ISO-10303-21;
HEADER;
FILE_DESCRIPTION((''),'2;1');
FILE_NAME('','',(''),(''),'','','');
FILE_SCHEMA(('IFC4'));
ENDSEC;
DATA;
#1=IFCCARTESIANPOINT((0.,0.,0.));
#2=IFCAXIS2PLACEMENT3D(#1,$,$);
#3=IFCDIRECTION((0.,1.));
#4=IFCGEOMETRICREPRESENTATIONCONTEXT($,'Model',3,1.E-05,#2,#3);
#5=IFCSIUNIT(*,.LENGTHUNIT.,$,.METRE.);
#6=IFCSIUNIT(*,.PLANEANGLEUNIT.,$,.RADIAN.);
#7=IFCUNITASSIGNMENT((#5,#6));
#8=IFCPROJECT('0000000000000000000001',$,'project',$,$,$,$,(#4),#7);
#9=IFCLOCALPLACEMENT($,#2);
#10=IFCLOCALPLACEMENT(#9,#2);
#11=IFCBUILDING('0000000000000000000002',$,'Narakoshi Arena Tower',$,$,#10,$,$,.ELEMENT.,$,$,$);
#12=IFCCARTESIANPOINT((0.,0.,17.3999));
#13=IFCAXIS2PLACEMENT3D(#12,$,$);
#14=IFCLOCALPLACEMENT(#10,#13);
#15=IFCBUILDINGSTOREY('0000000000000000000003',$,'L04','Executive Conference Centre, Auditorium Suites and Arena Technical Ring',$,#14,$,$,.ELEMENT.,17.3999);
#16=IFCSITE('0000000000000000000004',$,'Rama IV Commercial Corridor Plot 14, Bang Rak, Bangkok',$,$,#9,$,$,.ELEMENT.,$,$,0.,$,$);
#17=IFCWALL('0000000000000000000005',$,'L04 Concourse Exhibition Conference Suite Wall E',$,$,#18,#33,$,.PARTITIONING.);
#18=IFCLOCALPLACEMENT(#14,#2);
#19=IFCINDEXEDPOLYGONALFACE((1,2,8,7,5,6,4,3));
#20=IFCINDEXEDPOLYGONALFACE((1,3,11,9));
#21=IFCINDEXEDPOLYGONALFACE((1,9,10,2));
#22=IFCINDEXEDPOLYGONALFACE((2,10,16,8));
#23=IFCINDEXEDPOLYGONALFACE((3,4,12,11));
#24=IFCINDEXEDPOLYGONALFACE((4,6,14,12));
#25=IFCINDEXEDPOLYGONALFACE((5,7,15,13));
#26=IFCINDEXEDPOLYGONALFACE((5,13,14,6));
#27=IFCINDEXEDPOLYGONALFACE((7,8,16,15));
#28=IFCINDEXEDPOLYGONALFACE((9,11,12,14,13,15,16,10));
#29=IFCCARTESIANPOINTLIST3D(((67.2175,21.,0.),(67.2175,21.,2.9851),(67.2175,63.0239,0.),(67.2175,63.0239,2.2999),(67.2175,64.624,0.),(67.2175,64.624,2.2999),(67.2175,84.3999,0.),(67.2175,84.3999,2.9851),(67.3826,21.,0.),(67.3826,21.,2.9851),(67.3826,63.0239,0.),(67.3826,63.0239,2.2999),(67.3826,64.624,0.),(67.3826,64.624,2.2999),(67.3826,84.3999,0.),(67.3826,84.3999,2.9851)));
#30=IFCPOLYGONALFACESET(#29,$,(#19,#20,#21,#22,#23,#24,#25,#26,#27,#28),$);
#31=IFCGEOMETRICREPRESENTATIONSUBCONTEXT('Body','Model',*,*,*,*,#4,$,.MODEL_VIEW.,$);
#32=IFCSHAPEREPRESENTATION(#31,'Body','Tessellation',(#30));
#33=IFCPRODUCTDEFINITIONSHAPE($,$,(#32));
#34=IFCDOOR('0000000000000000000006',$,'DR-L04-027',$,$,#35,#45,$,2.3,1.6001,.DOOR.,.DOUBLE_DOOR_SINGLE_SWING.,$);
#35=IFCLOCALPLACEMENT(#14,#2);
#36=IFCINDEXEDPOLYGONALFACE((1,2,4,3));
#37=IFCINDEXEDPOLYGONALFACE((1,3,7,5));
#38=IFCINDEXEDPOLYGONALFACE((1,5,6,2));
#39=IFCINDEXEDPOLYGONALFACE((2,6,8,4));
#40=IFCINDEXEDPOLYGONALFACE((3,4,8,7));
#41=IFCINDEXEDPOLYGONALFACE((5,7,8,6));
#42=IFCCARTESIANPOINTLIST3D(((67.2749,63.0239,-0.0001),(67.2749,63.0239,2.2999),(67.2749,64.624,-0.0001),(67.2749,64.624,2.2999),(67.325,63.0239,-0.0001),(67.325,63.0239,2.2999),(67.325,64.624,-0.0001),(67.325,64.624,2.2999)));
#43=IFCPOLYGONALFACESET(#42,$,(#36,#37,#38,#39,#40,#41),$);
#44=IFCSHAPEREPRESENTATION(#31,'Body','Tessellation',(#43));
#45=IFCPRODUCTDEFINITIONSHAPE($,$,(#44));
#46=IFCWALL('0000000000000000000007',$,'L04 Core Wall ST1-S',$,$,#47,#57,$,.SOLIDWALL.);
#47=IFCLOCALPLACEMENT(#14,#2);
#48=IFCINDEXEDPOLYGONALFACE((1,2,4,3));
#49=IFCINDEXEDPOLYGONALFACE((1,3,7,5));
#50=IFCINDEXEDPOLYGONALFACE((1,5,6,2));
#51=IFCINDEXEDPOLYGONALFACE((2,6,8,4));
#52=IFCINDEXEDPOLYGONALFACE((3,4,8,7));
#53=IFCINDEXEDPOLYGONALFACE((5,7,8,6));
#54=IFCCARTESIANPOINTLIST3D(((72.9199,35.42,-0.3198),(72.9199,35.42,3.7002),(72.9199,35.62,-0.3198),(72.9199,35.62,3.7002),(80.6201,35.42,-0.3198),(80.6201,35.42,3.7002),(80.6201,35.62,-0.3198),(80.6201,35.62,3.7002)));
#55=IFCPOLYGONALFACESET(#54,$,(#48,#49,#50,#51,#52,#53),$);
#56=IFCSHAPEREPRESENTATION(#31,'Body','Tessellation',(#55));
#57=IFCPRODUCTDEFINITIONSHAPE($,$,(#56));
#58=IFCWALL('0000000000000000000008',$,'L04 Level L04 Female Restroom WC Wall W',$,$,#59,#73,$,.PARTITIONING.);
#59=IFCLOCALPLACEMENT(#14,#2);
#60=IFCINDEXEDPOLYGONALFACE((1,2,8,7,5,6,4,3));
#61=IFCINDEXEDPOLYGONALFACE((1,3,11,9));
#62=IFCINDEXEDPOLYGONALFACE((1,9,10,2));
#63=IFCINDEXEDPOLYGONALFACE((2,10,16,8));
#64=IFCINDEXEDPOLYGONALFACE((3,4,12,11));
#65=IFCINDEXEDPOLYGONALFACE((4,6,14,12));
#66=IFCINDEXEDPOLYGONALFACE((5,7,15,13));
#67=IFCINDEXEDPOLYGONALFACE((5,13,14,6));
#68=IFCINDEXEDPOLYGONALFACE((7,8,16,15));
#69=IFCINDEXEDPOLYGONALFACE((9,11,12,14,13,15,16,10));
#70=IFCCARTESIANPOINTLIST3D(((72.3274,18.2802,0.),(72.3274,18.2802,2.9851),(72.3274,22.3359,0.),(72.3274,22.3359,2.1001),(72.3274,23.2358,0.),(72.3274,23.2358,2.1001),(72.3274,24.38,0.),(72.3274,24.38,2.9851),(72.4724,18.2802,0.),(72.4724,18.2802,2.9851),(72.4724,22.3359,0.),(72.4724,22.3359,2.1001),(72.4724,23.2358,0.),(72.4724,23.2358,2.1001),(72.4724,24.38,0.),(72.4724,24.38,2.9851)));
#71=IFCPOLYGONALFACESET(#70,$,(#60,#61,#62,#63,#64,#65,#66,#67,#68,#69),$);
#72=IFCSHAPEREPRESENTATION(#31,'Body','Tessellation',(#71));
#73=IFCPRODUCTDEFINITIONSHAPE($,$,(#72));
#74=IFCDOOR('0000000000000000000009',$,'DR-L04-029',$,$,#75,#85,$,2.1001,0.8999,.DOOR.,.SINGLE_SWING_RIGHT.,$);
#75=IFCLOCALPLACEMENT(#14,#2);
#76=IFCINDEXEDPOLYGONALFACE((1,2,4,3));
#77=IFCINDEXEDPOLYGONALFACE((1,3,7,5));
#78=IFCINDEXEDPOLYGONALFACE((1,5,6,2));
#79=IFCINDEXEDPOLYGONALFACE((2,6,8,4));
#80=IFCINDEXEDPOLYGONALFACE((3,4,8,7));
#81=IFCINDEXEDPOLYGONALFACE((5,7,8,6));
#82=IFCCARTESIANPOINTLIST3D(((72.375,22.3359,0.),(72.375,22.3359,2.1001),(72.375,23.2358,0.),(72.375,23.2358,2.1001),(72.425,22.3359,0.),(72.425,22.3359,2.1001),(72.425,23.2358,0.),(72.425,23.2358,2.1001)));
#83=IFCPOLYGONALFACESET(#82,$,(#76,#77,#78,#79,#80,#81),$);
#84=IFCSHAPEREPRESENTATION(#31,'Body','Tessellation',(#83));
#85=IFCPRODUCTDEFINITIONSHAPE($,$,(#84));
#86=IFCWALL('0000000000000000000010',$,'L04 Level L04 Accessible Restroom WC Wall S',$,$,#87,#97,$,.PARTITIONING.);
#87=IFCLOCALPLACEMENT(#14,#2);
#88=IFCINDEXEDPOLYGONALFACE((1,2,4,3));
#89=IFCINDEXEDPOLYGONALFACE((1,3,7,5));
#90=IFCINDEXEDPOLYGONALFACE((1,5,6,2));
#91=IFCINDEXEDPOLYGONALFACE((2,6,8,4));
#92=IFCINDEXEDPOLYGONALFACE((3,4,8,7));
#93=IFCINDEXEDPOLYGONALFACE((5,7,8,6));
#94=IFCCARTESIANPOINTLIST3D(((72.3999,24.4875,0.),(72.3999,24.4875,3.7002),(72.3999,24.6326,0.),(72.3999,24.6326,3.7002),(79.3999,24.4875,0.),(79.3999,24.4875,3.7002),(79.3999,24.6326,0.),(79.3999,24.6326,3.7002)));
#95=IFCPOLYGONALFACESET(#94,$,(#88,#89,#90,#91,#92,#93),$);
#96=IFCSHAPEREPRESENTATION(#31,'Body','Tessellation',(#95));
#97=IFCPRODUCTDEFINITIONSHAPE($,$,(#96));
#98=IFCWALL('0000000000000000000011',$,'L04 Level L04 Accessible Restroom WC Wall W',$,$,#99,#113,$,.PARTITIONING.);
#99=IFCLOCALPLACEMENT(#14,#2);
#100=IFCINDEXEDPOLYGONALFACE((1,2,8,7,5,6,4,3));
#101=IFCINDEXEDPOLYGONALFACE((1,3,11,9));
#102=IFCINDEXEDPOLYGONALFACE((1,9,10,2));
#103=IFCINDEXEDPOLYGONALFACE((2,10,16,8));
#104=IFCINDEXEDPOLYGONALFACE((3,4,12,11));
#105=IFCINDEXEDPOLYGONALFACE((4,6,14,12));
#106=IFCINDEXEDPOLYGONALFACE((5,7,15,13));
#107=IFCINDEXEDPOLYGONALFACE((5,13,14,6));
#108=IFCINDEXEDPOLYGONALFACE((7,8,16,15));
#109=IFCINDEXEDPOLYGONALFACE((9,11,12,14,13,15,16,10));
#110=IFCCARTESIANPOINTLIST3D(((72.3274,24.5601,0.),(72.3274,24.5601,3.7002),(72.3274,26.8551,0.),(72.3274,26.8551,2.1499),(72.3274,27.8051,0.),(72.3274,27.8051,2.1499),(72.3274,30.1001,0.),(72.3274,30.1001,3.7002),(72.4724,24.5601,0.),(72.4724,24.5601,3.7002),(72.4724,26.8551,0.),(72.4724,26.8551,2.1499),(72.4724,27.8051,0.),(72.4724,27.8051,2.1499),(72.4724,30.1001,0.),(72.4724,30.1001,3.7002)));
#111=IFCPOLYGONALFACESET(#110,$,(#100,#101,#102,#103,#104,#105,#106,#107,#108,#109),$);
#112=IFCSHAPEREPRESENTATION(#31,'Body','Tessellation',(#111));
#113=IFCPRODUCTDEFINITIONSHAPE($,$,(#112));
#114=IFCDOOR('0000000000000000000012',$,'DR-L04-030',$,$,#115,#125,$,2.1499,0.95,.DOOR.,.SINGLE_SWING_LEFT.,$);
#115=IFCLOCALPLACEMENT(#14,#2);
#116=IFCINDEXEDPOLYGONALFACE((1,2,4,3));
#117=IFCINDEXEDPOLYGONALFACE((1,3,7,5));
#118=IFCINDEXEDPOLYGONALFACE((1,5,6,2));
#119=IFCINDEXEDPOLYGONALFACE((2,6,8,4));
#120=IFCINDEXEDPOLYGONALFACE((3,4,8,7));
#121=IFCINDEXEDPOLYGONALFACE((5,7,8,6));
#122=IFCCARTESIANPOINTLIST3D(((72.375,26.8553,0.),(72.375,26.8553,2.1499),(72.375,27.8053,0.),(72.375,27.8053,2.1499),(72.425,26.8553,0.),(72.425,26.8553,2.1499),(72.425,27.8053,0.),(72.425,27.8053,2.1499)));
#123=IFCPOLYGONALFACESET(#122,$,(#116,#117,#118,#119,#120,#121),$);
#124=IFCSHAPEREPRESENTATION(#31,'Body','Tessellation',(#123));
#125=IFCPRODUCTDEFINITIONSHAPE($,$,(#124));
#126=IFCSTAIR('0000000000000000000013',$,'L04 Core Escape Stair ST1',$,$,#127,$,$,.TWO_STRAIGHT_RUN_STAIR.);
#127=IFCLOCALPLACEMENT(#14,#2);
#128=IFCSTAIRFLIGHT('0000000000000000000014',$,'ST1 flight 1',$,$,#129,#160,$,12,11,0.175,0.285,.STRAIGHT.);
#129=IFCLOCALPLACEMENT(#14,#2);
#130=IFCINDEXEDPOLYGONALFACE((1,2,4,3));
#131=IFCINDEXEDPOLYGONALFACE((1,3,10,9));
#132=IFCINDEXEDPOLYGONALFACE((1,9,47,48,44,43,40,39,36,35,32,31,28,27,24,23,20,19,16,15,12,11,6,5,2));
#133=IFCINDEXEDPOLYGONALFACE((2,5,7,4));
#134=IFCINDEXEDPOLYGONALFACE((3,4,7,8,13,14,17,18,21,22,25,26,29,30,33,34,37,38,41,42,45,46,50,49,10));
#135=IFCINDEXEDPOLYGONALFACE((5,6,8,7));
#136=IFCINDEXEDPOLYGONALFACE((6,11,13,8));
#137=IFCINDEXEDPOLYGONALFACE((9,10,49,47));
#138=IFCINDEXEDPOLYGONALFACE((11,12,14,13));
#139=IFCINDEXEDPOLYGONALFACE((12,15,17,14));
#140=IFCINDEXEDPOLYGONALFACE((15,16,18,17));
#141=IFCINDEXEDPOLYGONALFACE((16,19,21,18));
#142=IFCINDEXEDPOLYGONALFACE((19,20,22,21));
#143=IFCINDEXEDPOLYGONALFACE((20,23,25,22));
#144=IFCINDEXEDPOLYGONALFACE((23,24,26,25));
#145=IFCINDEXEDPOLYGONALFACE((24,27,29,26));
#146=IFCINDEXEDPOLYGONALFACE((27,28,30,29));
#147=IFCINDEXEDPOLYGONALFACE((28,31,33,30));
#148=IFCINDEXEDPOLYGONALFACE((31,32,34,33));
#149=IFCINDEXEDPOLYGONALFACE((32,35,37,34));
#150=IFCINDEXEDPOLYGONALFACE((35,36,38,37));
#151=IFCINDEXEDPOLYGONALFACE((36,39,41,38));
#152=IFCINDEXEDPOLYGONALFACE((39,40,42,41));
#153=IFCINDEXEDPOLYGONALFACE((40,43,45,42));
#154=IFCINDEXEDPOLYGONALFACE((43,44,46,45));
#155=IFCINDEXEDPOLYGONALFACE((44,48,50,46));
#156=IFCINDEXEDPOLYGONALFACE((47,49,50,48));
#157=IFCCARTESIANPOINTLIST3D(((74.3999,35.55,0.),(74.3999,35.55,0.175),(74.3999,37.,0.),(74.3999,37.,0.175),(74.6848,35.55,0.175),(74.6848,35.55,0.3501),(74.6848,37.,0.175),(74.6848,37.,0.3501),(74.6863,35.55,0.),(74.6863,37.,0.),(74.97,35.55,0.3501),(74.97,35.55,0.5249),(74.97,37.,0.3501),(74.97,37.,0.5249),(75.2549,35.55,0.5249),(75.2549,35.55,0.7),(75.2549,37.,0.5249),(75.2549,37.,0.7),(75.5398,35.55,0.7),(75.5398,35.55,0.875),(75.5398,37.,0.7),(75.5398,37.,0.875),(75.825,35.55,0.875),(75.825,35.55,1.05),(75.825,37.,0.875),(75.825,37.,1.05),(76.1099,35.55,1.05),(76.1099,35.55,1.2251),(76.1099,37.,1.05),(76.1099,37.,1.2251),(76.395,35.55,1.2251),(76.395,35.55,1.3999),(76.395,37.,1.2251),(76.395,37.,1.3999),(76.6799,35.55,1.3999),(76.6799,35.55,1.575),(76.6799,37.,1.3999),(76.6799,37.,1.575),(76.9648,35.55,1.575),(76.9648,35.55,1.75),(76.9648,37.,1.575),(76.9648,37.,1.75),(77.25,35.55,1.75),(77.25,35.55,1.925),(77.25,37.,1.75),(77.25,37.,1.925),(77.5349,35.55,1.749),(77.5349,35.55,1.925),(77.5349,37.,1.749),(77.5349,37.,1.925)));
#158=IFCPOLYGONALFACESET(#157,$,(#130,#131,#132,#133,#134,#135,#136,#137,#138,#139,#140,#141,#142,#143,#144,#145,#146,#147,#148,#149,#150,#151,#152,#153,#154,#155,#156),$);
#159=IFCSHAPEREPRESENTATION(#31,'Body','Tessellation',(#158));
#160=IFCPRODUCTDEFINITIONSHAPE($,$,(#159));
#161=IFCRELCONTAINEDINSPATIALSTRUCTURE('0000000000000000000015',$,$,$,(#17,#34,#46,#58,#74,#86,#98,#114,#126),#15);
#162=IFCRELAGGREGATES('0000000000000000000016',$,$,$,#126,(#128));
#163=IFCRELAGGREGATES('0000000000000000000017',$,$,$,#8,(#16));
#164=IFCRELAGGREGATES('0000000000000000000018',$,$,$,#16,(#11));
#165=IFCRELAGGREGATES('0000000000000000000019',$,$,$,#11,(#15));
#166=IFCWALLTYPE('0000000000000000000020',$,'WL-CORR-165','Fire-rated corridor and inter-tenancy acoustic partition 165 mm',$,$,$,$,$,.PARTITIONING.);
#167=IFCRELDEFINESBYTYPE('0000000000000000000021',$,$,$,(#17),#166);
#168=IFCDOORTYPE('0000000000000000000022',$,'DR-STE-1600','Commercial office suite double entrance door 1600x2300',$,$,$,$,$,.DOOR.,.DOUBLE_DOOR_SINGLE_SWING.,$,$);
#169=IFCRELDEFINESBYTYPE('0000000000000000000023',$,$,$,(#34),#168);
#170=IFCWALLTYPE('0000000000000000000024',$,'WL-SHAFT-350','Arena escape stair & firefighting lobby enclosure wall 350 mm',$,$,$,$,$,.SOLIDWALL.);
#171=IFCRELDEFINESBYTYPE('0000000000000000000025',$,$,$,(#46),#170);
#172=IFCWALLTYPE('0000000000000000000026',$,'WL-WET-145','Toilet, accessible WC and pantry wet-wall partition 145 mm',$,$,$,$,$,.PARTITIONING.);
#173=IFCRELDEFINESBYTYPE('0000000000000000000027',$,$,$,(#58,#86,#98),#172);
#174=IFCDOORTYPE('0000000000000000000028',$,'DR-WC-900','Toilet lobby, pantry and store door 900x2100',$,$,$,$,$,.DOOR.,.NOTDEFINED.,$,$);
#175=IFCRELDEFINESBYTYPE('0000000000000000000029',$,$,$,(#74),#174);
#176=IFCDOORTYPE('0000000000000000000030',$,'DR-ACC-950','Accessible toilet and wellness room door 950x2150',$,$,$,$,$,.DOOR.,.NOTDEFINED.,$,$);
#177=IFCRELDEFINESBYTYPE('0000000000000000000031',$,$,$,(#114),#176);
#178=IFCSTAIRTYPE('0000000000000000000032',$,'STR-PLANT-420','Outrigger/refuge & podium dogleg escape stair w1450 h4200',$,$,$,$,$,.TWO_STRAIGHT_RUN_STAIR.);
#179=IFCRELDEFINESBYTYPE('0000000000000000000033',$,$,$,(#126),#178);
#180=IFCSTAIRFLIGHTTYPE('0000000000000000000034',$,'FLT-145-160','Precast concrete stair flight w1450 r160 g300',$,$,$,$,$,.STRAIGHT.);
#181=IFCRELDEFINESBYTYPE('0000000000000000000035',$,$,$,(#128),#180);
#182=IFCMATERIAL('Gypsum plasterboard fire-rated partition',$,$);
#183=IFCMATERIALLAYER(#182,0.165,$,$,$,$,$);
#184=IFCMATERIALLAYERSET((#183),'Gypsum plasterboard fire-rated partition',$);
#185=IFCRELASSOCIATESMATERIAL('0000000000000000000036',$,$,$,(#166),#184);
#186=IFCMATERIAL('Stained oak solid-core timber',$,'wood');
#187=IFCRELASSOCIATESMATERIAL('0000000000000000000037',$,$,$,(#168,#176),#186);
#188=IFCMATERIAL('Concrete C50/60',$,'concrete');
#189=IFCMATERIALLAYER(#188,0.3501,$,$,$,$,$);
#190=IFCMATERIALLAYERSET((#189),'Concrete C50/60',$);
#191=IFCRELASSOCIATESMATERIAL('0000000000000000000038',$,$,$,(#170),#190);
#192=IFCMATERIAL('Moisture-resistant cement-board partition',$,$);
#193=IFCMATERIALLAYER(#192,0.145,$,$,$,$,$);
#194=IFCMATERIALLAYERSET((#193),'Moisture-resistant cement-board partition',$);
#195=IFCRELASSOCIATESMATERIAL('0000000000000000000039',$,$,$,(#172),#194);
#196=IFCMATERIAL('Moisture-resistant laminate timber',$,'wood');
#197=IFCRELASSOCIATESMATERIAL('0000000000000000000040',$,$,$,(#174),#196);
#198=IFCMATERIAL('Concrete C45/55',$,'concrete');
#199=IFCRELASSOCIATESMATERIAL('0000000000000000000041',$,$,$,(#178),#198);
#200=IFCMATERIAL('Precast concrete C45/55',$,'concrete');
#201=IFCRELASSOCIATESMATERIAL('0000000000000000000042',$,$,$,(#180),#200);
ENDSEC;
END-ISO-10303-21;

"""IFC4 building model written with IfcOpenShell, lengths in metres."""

from ifc_helpers import new_model, si_unit, direction, frame, frame_2d, origin, place, context, subcontext, project, spatial, polyline, rectangle, outline, extrude, material, layer, layer_set, type_object, element, fill, aggregate, save


model = new_model("IFC4")

# Units and contexts
model_context = context("Model", 3, precision=1e-05, world=origin(), true_north=direction((0.0, 1.0)))
body_context = subcontext(model_context, "Body", "Model", "MODEL_VIEW")
ifc_project = project(units=[si_unit("LENGTHUNIT", "METRE"), si_unit("PLANEANGLEUNIT", "RADIAN")], contexts=[model_context])

# Site, building, storey
site_placement = place(None, origin())
site = spatial("IfcSite", under=ifc_project, at=site_placement, Name="Rama IV Commercial Corridor Plot 14, Bang Rak, Bangkok", CompositionType="ELEMENT", RefElevation=0.0)
building_placement = place(site_placement, origin())
building = spatial("IfcBuilding", under=site, at=building_placement, Name="Narakoshi Arena Tower", CompositionType="ELEMENT")
storey_placement = place(building_placement, frame((0.0, 0.0, 17.3999)))
storey = spatial("IfcBuildingStorey", under=building, at=storey_placement, Name="L04", Description="Executive Conference Centre, Auditorium Suites and Arena Technical Ring", CompositionType="ELEMENT", Elevation=17.3999)

# Shared definitions
ifc_material_1 = material(Name="Gypsum plasterboard fire-rated partition")
ifc_layer_1 = layer(ifc_material_1, 0.165)
ifc_layer_set_1 = layer_set([ifc_layer_1], Name="Gypsum plasterboard fire-rated partition")
wall_type_1 = type_object("IfcWallType", Name="WL-CORR-165", Description="Fire-rated corridor and inter-tenancy acoustic partition 165 mm", PredefinedType="PARTITIONING", material=ifc_layer_set_1)

# Wall, opening, door
wall_1_placement = place(storey_placement, frame((67.3, 21.0, 0.0), z_axis=(0.0, 0.0, 1.0), x_axis=(0.0, 1.0, 0.0)))
wall_1 = element("IfcWall", 1, at=wall_1_placement, inside=storey, type_object=wall_type_1, Name="L04 Concourse Exhibition Conference Suite Wall E", PredefinedType="PARTITIONING", context=body_context, shape_type="SweptSolid", body=[
    extrude(rectangle(XDim=63.3999, YDim=0.165, at=frame_2d((31.7, 0.0))), origin(), (0.0, 0.0, 1.0), 2.9851),
])
opening_1_placement = place(wall_1_placement, frame((42.0239, 0.0, 0.0)))
opening_1 = element("IfcOpeningElement", 2, at=opening_1_placement, cuts=wall_1, PredefinedType="OPENING", context=body_context, shape_type="SweptSolid", body=[
    extrude(rectangle(XDim=1.6001, YDim=2.3, at=frame_2d((0.8, 1.1499))), frame((0.0, 0.0925, 0.0), z_axis=(0.0, -1.0, 0.0), x_axis=(1.0, 0.0, 0.0)), (0.0, 0.0, 1.0), 0.1851),
])
ifc_material_2 = material(Name="Stained oak solid-core timber", Category="wood")
door_type_1 = type_object("IfcDoorType", Name="DR-STE-1600", Description="Commercial office suite double entrance door 1600x2300", OperationType="DOUBLE_DOOR_SINGLE_SWING", PredefinedType="DOOR", material=ifc_material_2)
door_1_placement = place(opening_1_placement, frame((1.6001, 0.0, 0.0), z_axis=(0.0, 0.0, 1.0), x_axis=(-1.0, 0.0, 0.0)))
door_1 = element("IfcDoor", 3, at=door_1_placement, inside=storey, type_object=door_type_1, Name="DR-L04-027", OperationType="DOUBLE_DOOR_SINGLE_SWING", OverallHeight=2.3, OverallWidth=1.6001, PredefinedType="DOOR", context=body_context, shape_type="SweptSolid", body=[
    extrude(rectangle(XDim=1.6001, YDim=2.3, at=frame_2d((0.8, 1.1499))), frame((0.0, 0.0249, 0.0), z_axis=(0.0, -1.0, 0.0), x_axis=(1.0, 0.0, 0.0)), (0.0, 0.0, 1.0), 0.05),
])
fill(opening_1, door_1)

# Wall
ifc_material_3 = material(Name="Concrete C50/60", Category="concrete")
ifc_layer_2 = layer(ifc_material_3, 0.3501)
ifc_layer_set_2 = layer_set([ifc_layer_2], Name="Concrete C50/60")
wall_type_2 = type_object("IfcWallType", Name="WL-SHAFT-350", Description="Arena escape stair & firefighting lobby enclosure wall 350 mm", PredefinedType="SOLIDWALL", material=ifc_layer_set_2)
wall_2_placement = place(storey_placement, frame((72.9199, 35.52, -0.3198), z_axis=(0.0, 0.0, 1.0), x_axis=(1.0, 0.0, 0.0)))
element("IfcWall", 4, at=wall_2_placement, inside=storey, type_object=wall_type_2, Name="L04 Core Wall ST1-S", PredefinedType="SOLIDWALL", context=body_context, shape_type="SweptSolid", body=[
    extrude(rectangle(XDim=7.7002, YDim=0.2, at=frame_2d((3.8501, 0.0))), origin(), (0.0, 0.0, 1.0), 4.02),
])

# Wall, opening, door
ifc_material_4 = material(Name="Moisture-resistant cement-board partition")
ifc_layer_3 = layer(ifc_material_4, 0.145)
ifc_layer_set_3 = layer_set([ifc_layer_3], Name="Moisture-resistant cement-board partition")
wall_type_3 = type_object("IfcWallType", Name="WL-WET-145", Description="Toilet, accessible WC and pantry wet-wall partition 145 mm", PredefinedType="PARTITIONING", material=ifc_layer_set_3)
wall_3_placement = place(storey_placement, frame((72.3999, 24.3799, 0.0), z_axis=(0.0, 0.0, 1.0), x_axis=(0.0, -1.0, 0.0)))
wall_3 = element("IfcWall", 5, at=wall_3_placement, inside=storey, type_object=wall_type_3, Name="L04 Level L04 Female Restroom WC Wall W", PredefinedType="PARTITIONING", context=body_context, shape_type="SweptSolid", body=[
    extrude(rectangle(XDim=6.0999, YDim=0.145, at=frame_2d((3.0498, 0.0))), origin(), (0.0, 0.0, 1.0), 2.9851),
])
opening_2_placement = place(wall_3_placement, frame((1.144, 0.0, 0.0)))
opening_2 = element("IfcOpeningElement", 6, at=opening_2_placement, cuts=wall_3, PredefinedType="OPENING", context=body_context, shape_type="SweptSolid", body=[
    extrude(rectangle(XDim=0.8999, YDim=2.1001, at=frame_2d((0.45, 1.05))), frame((0.0, 0.0825, 0.0), z_axis=(0.0, -1.0, 0.0), x_axis=(1.0, 0.0, 0.0)), (0.0, 0.0, 1.0), 0.165),
])
ifc_material_5 = material(Name="Moisture-resistant laminate timber", Category="wood")
door_type_2 = type_object("IfcDoorType", Name="DR-WC-900", Description="Toilet lobby, pantry and store door 900x2100", OperationType="NOTDEFINED", PredefinedType="DOOR", material=ifc_material_5)
door_2_placement = place(opening_2_placement, frame((0.8999, 0.0, 0.0), z_axis=(0.0, 0.0, 1.0), x_axis=(-1.0, 0.0, 0.0)))
door_2 = element("IfcDoor", 7, at=door_2_placement, inside=storey, type_object=door_type_2, Name="DR-L04-029", OperationType="SINGLE_SWING_RIGHT", OverallHeight=2.1001, OverallWidth=0.8999, PredefinedType="DOOR", context=body_context, shape_type="SweptSolid", body=[
    extrude(rectangle(XDim=0.8999, YDim=2.1001, at=frame_2d((0.45, 1.05))), frame((0.0, 0.0249, 0.0), z_axis=(0.0, -1.0, 0.0), x_axis=(1.0, 0.0, 0.0)), (0.0, 0.0, 1.0), 0.05),
])
fill(opening_2, door_2)

# Wall
wall_4_placement = place(storey_placement, frame((72.3999, 24.5601, 0.0), z_axis=(0.0, 0.0, 1.0), x_axis=(1.0, 0.0, 0.0)))
element("IfcWall", 8, at=wall_4_placement, inside=storey, type_object=wall_type_3, Name="L04 Level L04 Accessible Restroom WC Wall S", PredefinedType="PARTITIONING", context=body_context, shape_type="SweptSolid", body=[
    extrude(rectangle(XDim=7.0, YDim=0.145, at=frame_2d((3.5, 0.0))), origin(), (0.0, 0.0, 1.0), 3.7002),
])

# Wall, opening, door
wall_5_placement = place(storey_placement, frame((72.3999, 30.1001, 0.0), z_axis=(0.0, 0.0, 1.0), x_axis=(0.0, -1.0, 0.0)))
wall_5 = element("IfcWall", 9, at=wall_5_placement, inside=storey, type_object=wall_type_3, Name="L04 Level L04 Accessible Restroom WC Wall W", PredefinedType="PARTITIONING", context=body_context, shape_type="SweptSolid", body=[
    extrude(rectangle(XDim=5.54, YDim=0.145, at=frame_2d((2.77, 0.0))), origin(), (0.0, 0.0, 1.0), 3.7002),
])
opening_3_placement = place(wall_5_placement, frame((2.2949, 0.0, 0.0)))
opening_3 = element("IfcOpeningElement", 10, at=opening_3_placement, cuts=wall_5, PredefinedType="OPENING", context=body_context, shape_type="SweptSolid", body=[
    extrude(rectangle(XDim=0.95, YDim=2.1499, at=frame_2d((0.4751, 1.075))), frame((0.0, 0.0825, 0.0), z_axis=(0.0, -1.0, 0.0), x_axis=(1.0, 0.0, 0.0)), (0.0, 0.0, 1.0), 0.165),
])
door_type_3 = type_object("IfcDoorType", Name="DR-ACC-950", Description="Accessible toilet and wellness room door 950x2150", OperationType="NOTDEFINED", PredefinedType="DOOR", material=ifc_material_2)
door_3_placement = place(opening_3_placement, frame((0.95, 0.0, 0.0), z_axis=(0.0, 0.0, 1.0), x_axis=(-1.0, 0.0, 0.0)))
door_3 = element("IfcDoor", 11, at=door_3_placement, inside=storey, type_object=door_type_3, Name="DR-L04-030", OperationType="SINGLE_SWING_LEFT", OverallHeight=2.1499, OverallWidth=0.95, PredefinedType="DOOR", context=body_context, shape_type="SweptSolid", body=[
    extrude(rectangle(XDim=0.95, YDim=2.1499, at=frame_2d((0.4751, 1.075))), frame((0.0, 0.0249, 0.0), z_axis=(0.0, -1.0, 0.0), x_axis=(1.0, 0.0, 0.0)), (0.0, 0.0, 1.0), 0.05),
])
fill(opening_3, door_3)

# Stair, stair flight
ifc_material_6 = material(Name="Concrete C45/55", Category="concrete")
stair_type = type_object("IfcStairType", Name="STR-PLANT-420", Description="Outrigger/refuge & podium dogleg escape stair w1450 h4200", PredefinedType="TWO_STRAIGHT_RUN_STAIR", material=ifc_material_6)
stair_placement = place(storey_placement, origin())
stair = element("IfcStair", 12, at=stair_placement, inside=storey, type_object=stair_type, Name="L04 Core Escape Stair ST1", PredefinedType="TWO_STRAIGHT_RUN_STAIR")
ifc_material_7 = material(Name="Precast concrete C45/55", Category="concrete")
stair_flight_type = type_object("IfcStairFlightType", Name="FLT-145-160", Description="Precast concrete stair flight w1450 r160 g300", PredefinedType="STRAIGHT", material=ifc_material_7)
stair_flight_placement = place(storey_placement, frame((74.3999, 36.2749, 0.0), z_axis=(0.0, 0.0, 1.0), x_axis=(1.0, 0.0, 0.0)))
stair_flight = element("IfcStairFlight", 13, at=stair_flight_placement, type_object=stair_flight_type, Name="ST1 flight 1", NumberOfRisers=12, NumberOfTreads=11, PredefinedType="STRAIGHT", RiserHeight=0.175, TreadLength=0.285, context=body_context, shape_type="SweptSolid", body=[
    extrude(outline(polyline([(0.0, 0.0), (0.0, 0.175), (0.2849, 0.175), (0.2849, 0.3501), (0.5701, 0.3501), (0.5701, 0.5249), (0.855, 0.5249), (0.855, 0.7), (1.1399, 0.7), (1.1399, 0.875), (1.425, 0.875), (1.425, 1.05), (1.71, 1.05), (1.71, 1.2251), (1.9951, 1.2251), (1.9951, 1.3999), (2.28, 1.3999), (2.28, 1.575), (2.5649, 1.575), (2.5649, 1.75), (2.8501, 1.75), (2.8501, 1.925), (3.135, 1.925), (3.135, 2.1001), (3.135, 1.749), (0.2864, 0.0), (0.0, 0.0)])), frame((0.0, 0.7251, 0.0), z_axis=(0.0, -1.0, 0.0), x_axis=(1.0, 0.0, 0.0)), (0.0, 0.0, 1.0), 1.45),
])
aggregate(stair, [stair_flight])

save(model, "model.ifc")
